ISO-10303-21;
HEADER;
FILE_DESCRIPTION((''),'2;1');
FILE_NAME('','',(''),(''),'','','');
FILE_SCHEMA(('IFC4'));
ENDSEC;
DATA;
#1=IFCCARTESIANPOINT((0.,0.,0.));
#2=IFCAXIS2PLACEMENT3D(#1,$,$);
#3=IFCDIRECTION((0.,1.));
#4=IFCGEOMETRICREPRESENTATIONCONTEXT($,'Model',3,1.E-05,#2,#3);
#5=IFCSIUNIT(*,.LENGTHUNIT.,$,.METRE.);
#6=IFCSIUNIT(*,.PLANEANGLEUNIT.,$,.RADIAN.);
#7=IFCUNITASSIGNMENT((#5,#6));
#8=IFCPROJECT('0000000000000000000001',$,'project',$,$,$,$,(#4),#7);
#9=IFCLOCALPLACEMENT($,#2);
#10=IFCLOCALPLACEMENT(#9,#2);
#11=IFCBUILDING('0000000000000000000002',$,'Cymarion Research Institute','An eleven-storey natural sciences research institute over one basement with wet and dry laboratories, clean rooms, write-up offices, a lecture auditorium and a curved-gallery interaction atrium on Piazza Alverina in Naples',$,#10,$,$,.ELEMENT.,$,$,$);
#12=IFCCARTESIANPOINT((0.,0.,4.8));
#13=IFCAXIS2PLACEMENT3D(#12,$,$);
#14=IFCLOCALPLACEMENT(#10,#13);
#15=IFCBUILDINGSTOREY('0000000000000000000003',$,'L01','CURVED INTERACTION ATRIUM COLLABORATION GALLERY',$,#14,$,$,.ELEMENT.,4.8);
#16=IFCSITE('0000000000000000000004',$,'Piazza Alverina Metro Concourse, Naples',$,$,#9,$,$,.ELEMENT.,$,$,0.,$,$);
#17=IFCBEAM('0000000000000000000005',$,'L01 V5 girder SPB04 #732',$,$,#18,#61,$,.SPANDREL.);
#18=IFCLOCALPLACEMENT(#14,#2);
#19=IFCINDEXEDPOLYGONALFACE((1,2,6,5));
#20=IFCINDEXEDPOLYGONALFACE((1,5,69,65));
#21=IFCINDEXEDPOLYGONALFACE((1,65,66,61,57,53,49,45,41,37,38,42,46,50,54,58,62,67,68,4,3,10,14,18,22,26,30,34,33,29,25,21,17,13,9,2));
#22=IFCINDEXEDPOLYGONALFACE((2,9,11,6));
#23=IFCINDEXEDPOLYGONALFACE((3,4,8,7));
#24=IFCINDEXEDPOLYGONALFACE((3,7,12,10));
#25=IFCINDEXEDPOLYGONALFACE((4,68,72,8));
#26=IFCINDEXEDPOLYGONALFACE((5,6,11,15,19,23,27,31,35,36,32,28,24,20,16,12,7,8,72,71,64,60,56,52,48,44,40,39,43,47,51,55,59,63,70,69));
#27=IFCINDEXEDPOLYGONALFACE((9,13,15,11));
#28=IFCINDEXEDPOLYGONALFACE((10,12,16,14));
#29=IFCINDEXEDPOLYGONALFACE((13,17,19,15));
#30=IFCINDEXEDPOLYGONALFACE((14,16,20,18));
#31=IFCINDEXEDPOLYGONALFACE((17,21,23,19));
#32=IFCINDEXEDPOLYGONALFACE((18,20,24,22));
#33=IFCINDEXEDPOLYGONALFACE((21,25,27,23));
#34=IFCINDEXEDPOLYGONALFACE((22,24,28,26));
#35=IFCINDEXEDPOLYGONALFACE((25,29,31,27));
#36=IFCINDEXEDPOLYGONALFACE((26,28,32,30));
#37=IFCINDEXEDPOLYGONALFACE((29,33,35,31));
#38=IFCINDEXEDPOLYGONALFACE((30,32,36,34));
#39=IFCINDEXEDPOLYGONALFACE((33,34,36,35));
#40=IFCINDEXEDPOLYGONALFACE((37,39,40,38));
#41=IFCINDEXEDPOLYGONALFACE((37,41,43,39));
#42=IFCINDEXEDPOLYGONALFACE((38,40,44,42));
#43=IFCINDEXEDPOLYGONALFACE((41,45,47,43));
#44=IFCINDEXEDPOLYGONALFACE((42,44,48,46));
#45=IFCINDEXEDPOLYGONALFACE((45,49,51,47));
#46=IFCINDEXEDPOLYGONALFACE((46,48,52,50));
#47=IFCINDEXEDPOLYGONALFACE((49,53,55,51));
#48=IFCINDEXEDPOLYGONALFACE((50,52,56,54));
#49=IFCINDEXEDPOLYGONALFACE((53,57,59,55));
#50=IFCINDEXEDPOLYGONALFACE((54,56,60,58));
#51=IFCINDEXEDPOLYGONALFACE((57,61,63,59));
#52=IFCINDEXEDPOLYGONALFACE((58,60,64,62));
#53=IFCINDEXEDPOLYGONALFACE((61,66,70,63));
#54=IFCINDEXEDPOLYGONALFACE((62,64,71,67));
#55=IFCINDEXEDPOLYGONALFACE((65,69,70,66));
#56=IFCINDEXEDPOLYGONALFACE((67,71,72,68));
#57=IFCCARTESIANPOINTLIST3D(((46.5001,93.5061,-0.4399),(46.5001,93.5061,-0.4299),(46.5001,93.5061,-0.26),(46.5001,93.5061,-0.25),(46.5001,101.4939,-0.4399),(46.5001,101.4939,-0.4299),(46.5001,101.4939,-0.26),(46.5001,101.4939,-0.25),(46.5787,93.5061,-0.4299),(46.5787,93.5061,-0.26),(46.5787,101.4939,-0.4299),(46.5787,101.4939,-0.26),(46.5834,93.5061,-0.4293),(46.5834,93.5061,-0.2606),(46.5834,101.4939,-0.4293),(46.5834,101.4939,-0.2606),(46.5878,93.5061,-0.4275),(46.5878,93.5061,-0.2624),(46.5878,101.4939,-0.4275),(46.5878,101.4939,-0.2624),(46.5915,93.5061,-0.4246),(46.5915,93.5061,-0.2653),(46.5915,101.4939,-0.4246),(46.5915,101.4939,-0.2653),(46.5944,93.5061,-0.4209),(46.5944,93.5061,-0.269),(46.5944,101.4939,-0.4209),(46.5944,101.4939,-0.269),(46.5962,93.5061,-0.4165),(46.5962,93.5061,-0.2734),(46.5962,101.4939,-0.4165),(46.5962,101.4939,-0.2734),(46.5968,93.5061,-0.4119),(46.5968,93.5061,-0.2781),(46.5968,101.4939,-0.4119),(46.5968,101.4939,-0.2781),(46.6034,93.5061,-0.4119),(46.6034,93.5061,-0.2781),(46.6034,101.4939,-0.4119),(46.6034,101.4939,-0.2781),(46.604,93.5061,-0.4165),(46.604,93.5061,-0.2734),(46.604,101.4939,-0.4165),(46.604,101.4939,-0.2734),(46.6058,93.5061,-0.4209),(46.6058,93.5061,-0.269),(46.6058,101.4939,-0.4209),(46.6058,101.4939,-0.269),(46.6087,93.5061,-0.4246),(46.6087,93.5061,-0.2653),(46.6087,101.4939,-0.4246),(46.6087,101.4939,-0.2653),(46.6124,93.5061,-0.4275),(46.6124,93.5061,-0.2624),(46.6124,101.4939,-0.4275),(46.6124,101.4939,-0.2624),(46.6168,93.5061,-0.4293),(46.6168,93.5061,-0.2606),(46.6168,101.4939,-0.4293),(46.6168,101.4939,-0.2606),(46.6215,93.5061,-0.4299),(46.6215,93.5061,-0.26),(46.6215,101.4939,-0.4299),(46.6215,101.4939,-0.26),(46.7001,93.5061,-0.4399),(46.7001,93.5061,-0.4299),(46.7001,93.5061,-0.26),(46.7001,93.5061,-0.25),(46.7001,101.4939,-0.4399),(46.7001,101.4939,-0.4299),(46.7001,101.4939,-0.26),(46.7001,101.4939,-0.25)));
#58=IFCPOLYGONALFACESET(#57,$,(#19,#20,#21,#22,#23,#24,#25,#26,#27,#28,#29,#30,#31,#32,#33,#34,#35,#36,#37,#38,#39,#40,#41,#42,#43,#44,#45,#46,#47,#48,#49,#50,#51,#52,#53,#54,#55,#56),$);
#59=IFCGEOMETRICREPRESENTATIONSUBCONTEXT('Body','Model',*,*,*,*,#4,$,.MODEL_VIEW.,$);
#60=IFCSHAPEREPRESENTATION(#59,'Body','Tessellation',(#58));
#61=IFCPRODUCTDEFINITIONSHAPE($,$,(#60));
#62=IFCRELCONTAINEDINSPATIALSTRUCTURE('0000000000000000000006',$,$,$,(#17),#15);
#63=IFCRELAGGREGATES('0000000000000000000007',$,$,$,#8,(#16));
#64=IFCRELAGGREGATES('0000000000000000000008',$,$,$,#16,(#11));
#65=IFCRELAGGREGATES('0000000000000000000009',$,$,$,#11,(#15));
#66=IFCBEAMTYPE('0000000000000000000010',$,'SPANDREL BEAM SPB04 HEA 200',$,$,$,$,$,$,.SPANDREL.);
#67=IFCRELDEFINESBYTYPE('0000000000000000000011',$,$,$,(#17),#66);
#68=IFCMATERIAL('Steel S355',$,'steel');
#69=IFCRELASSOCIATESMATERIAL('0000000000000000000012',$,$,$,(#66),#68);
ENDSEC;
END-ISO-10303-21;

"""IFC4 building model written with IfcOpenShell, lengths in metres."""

from ifc_helpers import new_model, si_unit, direction, frame, origin, origin_2d, place, context, subcontext, project, spatial, i_section, extrude, material, material_profile, profile_set, type_object, element, save


model = new_model("IFC4")

# Units and contexts
model_context = context("Model", 3, precision=1e-05, world=origin(), true_north=direction((0.0, 1.0)))
body_context = subcontext(model_context, "Body", "Model", "MODEL_VIEW")
ifc_project = project(units=[si_unit("LENGTHUNIT", "METRE"), si_unit("PLANEANGLEUNIT", "RADIAN")], contexts=[model_context])

# Site, building, storey
site_placement = place(None, origin())
site = spatial("IfcSite", under=ifc_project, at=site_placement, Name="Piazza Alverina Metro Concourse, Naples", CompositionType="ELEMENT", RefElevation=0.0)
building_placement = place(site_placement, origin())
building = spatial("IfcBuilding", under=site, at=building_placement, Name="Cymarion Research Institute", Description="An eleven-storey natural sciences research institute over one basement with wet and dry laboratories, clean rooms, write-up offices, a lecture auditorium and a curved-gallery interaction atrium on Piazza Alverina in Naples", CompositionType="ELEMENT")
storey_placement = place(building_placement, frame((0.0, 0.0, 4.8)))
storey = spatial("IfcBuildingStorey", under=building, at=storey_placement, Name="L01", Description="CURVED INTERACTION ATRIUM COLLABORATION GALLERY", CompositionType="ELEMENT", Elevation=4.8)

# Shared definitions
ifc_material_1 = material(Name="Steel S355", Category="steel")

# Beam
ifc_material_profile_1 = material_profile(ifc_material_1, i_section(OverallWidth=0.2, OverallDepth=0.1899, WebThickness=0.0066, FlangeThickness=0.01, FilletRadius=0.0181, at=origin_2d()), Name="HEA 200")
ifc_profile_set_1 = profile_set([ifc_material_profile_1], Name="Steel S355")
beam_type_1 = type_object("IfcBeamType", Name="SPANDREL BEAM SPB04 HEA 200", PredefinedType="SPANDREL", material=ifc_profile_set_1)
beam_placement = place(storey_placement, frame((46.6001, 93.5061, -0.345), z_axis=(0.0, 1.0, 0.0), x_axis=(-1.0, 0.0, 0.0)))
element("IfcBeam", 1, at=beam_placement, inside=storey, type_object=beam_type_1, Name="L01 V5 girder SPB04 #732", PredefinedType="SPANDREL", context=body_context, shape_type="SweptSolid", body=[
    extrude(i_section(OverallWidth=0.2, OverallDepth=0.1899, WebThickness=0.0066, FlangeThickness=0.01, FilletRadius=0.0181, at=origin_2d()), origin(), (0.0, 0.0, 1.0), 7.9878),
])

save(model, "model.ifc")
